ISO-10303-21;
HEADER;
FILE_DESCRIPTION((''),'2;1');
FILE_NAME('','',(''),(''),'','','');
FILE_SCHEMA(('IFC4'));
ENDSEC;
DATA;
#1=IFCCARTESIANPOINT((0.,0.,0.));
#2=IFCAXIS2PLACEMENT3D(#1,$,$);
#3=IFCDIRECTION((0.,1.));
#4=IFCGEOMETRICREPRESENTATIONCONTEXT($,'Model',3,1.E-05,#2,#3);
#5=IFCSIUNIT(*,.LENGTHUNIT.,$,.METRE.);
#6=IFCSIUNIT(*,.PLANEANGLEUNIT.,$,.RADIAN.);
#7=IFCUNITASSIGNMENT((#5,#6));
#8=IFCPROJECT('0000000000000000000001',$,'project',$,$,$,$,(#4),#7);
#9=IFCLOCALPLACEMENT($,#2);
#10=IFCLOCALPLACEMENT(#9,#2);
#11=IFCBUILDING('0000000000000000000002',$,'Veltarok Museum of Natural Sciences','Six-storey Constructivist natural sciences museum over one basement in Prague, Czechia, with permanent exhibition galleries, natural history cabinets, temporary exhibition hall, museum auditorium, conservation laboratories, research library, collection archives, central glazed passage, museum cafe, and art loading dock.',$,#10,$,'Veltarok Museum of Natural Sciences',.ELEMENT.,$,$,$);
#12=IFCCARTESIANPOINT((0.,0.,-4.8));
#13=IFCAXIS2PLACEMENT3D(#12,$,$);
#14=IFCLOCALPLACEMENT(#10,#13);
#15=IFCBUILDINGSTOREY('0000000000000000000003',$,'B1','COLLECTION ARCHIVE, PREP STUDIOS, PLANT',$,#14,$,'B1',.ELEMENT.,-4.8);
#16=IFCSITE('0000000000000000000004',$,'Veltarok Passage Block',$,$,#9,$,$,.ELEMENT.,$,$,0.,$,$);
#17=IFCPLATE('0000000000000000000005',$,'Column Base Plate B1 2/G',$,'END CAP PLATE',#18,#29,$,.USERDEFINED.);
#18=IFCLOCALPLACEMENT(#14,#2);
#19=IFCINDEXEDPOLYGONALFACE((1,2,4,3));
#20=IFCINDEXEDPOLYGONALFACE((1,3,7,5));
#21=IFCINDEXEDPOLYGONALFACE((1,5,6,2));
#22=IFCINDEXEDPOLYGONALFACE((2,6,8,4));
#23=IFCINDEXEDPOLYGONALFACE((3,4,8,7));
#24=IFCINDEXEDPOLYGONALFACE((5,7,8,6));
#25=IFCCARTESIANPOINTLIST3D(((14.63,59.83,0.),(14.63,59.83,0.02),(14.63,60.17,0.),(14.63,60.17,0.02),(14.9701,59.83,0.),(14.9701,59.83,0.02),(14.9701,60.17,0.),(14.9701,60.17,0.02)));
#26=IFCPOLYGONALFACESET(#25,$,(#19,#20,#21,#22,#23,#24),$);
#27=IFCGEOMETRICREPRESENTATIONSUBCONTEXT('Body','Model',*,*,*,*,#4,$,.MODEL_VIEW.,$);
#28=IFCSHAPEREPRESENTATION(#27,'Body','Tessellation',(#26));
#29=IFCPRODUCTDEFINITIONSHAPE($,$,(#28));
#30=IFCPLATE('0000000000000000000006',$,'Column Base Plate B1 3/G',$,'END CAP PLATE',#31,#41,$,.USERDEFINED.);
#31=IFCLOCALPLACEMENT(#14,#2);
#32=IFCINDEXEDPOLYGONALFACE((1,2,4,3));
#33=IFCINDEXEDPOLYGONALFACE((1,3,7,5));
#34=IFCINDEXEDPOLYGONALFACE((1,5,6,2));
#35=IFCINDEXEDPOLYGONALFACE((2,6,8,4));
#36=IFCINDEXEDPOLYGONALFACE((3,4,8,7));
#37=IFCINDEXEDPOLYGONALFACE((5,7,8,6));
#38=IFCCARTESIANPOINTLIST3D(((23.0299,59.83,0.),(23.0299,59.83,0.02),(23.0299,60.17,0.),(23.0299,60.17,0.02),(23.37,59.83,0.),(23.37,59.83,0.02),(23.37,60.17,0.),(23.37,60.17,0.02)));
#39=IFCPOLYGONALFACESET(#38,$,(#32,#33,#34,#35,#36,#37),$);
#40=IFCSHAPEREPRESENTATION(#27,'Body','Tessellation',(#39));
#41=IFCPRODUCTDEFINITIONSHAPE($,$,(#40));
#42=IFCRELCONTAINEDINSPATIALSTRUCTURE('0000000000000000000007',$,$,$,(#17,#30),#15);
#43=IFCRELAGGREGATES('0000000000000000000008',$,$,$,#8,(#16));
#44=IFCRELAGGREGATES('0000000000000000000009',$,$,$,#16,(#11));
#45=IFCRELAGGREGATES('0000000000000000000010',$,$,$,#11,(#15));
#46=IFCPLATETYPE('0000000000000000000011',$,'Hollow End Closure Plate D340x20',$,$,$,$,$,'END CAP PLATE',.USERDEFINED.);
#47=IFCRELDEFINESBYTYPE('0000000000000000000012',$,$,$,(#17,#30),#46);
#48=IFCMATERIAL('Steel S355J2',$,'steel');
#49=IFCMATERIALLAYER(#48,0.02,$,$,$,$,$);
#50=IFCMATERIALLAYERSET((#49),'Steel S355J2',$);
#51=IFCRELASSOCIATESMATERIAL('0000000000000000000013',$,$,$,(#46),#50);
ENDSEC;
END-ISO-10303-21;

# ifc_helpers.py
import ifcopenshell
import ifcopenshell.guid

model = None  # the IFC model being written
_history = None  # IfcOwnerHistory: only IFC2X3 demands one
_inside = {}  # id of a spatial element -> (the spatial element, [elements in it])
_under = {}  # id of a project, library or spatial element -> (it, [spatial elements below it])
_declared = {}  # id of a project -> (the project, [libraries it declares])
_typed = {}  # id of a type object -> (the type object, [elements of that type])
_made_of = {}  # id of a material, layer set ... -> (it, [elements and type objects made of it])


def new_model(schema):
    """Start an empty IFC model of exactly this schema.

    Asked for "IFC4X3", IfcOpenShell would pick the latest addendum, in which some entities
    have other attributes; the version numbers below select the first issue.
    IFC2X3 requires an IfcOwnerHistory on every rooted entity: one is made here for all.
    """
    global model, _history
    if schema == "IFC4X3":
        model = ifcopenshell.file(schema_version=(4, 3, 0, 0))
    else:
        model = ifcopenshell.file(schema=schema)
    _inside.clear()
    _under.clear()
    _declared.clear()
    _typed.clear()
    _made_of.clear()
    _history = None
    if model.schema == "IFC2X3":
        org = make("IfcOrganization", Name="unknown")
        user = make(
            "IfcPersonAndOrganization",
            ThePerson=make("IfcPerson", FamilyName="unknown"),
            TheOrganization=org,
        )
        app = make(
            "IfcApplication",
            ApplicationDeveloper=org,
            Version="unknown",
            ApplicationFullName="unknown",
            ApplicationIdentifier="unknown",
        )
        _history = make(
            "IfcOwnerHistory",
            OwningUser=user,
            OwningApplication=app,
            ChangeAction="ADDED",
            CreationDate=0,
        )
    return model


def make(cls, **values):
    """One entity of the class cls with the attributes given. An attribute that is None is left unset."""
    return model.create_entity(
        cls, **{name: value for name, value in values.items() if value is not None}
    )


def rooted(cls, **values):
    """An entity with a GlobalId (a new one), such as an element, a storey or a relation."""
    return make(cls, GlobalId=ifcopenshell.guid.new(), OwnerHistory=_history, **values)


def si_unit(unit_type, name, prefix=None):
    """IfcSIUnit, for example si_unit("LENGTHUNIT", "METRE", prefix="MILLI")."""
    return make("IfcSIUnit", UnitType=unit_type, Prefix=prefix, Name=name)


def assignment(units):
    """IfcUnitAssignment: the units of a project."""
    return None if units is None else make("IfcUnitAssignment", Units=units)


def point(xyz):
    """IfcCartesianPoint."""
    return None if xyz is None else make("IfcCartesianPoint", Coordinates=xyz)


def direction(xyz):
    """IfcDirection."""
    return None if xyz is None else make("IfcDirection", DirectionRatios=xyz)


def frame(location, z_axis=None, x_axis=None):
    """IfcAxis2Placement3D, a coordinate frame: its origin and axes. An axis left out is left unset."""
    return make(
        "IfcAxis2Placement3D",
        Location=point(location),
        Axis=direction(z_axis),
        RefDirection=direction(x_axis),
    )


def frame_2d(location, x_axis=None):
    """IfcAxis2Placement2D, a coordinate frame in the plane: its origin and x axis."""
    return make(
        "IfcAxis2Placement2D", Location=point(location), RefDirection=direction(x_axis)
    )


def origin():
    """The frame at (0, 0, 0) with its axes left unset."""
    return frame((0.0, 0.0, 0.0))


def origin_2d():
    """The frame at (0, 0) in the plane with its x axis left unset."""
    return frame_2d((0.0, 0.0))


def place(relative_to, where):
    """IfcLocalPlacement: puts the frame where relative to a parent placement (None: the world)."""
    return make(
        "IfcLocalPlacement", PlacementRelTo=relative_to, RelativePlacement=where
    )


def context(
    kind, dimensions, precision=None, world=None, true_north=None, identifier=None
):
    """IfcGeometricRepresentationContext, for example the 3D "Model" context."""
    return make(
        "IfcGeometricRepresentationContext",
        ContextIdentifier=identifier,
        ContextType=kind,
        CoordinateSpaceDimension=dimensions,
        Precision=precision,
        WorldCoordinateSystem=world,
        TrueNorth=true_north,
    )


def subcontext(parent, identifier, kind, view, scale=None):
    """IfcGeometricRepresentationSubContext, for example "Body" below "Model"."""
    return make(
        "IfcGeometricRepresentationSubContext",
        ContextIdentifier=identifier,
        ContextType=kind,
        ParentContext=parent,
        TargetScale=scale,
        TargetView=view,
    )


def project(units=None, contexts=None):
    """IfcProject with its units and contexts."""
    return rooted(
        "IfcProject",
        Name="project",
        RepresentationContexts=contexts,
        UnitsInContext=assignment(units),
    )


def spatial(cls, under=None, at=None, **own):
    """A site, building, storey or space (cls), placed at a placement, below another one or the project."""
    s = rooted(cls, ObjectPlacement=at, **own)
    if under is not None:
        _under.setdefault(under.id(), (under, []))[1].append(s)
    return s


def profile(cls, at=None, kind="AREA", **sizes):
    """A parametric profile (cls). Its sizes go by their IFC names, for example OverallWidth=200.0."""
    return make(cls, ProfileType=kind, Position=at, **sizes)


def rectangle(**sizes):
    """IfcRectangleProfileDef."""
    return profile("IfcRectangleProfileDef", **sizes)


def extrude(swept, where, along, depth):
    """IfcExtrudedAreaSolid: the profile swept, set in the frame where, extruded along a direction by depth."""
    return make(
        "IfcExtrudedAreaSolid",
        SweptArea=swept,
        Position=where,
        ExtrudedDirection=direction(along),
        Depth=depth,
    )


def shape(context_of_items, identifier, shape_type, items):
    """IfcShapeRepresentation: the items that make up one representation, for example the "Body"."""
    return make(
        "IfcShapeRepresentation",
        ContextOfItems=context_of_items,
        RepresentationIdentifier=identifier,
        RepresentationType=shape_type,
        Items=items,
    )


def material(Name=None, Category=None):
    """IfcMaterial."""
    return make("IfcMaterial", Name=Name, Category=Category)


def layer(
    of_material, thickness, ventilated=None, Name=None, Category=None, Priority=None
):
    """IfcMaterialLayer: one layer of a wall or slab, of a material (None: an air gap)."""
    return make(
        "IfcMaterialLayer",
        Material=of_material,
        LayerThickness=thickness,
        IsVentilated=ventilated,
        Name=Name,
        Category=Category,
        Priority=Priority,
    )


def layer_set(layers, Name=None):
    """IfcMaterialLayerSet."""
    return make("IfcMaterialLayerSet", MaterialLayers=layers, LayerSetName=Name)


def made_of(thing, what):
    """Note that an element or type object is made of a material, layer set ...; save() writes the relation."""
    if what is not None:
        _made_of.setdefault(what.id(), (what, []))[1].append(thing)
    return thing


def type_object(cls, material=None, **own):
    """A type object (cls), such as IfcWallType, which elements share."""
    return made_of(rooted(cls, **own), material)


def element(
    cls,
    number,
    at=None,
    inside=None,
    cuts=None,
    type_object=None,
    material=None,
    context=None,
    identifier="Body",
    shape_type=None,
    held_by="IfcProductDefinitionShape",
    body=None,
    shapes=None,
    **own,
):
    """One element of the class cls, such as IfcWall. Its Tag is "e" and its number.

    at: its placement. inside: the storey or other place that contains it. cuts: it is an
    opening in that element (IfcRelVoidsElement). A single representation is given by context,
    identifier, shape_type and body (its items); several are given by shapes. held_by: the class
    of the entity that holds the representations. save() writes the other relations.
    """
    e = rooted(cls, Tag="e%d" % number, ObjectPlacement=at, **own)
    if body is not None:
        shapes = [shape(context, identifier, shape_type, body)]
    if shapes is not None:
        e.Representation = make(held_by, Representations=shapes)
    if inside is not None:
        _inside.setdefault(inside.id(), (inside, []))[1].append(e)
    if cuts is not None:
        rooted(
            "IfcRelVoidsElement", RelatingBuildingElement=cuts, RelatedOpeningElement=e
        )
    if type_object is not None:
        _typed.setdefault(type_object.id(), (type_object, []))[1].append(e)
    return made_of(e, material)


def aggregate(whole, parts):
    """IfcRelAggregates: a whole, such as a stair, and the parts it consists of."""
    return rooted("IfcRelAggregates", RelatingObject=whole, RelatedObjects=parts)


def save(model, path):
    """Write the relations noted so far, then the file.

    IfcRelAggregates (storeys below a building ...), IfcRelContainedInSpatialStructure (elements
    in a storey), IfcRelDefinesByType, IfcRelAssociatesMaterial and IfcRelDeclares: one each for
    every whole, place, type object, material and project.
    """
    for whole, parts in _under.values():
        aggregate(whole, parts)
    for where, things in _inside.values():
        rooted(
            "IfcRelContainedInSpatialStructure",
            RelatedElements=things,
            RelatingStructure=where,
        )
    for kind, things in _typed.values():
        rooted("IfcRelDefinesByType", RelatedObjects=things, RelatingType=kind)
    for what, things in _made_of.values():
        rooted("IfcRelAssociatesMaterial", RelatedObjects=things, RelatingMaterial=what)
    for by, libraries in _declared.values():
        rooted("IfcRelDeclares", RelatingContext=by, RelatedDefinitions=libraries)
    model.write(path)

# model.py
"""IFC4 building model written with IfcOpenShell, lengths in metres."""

from ifc_helpers import new_model, si_unit, direction, frame, origin, origin_2d, place, context, subcontext, project, spatial, rectangle, extrude, material, layer, layer_set, type_object, element, save


model = new_model("IFC4")

# Units and contexts
model_context = context("Model", 3, precision=1e-05, world=origin(), true_north=direction((0.0, 1.0)))
body_context = subcontext(model_context, "Body", "Model", "MODEL_VIEW")
ifc_project = project(units=[si_unit("LENGTHUNIT", "METRE"), si_unit("PLANEANGLEUNIT", "RADIAN")], contexts=[model_context])

# Site, building, storey
site_placement = place(None, origin())
site = spatial("IfcSite", under=ifc_project, at=site_placement, Name="Veltarok Passage Block", CompositionType="ELEMENT", RefElevation=0.0)
building_placement = place(site_placement, origin())
building = spatial("IfcBuilding", under=site, at=building_placement, Name="Veltarok Museum of Natural Sciences", Description="Six-storey Constructivist natural sciences museum over one basement in Prague, Czechia, with permanent exhibition galleries, natural history cabinets, temporary exhibition hall, museum auditorium, conservation laboratories, research library, collection archives, central glazed passage, museum cafe, and art loading dock.", LongName="Veltarok Museum of Natural Sciences", CompositionType="ELEMENT")
storey_placement = place(building_placement, frame((0.0, 0.0, -4.8)))
storey = spatial("IfcBuildingStorey", under=building, at=storey_placement, Name="B1", Description="COLLECTION ARCHIVE, PREP STUDIOS, PLANT", LongName="B1", CompositionType="ELEMENT", Elevation=-4.8)

# Shared definitions
ifc_material_1 = material(Name="Steel S355J2", Category="steel")

# Plates
ifc_layer = layer(ifc_material_1, 0.02)
ifc_layer_set = layer_set([ifc_layer], Name="Steel S355J2")
plate_type = type_object("IfcPlateType", Name="Hollow End Closure Plate D340x20", ElementType="END CAP PLATE", PredefinedType="USERDEFINED", material=ifc_layer_set)
for number, where, z_axis, x_axis, name in (
    (1, (14.8, 60.0, 0.0), (0.0, 0.0, 1.0), (1.0, 0.0, 0.0), "Column Base Plate B1 2/G"),
    (2, (23.2, 60.0, 0.0), (0.0, 0.0, 1.0), (1.0, 0.0, 0.0), "Column Base Plate B1 3/G"),
):
    element("IfcPlate", number, at=place(storey_placement, frame(where, z_axis=z_axis, x_axis=x_axis)), inside=storey, type_object=plate_type, Name=name, ObjectType="END CAP PLATE", PredefinedType="USERDEFINED", context=body_context, shape_type="SweptSolid", body=[
        extrude(rectangle(XDim=0.3401, YDim=0.3401, at=origin_2d()), origin(), (0.0, 0.0, 1.0), 0.02),
    ])

save(model, "model.ifc")
